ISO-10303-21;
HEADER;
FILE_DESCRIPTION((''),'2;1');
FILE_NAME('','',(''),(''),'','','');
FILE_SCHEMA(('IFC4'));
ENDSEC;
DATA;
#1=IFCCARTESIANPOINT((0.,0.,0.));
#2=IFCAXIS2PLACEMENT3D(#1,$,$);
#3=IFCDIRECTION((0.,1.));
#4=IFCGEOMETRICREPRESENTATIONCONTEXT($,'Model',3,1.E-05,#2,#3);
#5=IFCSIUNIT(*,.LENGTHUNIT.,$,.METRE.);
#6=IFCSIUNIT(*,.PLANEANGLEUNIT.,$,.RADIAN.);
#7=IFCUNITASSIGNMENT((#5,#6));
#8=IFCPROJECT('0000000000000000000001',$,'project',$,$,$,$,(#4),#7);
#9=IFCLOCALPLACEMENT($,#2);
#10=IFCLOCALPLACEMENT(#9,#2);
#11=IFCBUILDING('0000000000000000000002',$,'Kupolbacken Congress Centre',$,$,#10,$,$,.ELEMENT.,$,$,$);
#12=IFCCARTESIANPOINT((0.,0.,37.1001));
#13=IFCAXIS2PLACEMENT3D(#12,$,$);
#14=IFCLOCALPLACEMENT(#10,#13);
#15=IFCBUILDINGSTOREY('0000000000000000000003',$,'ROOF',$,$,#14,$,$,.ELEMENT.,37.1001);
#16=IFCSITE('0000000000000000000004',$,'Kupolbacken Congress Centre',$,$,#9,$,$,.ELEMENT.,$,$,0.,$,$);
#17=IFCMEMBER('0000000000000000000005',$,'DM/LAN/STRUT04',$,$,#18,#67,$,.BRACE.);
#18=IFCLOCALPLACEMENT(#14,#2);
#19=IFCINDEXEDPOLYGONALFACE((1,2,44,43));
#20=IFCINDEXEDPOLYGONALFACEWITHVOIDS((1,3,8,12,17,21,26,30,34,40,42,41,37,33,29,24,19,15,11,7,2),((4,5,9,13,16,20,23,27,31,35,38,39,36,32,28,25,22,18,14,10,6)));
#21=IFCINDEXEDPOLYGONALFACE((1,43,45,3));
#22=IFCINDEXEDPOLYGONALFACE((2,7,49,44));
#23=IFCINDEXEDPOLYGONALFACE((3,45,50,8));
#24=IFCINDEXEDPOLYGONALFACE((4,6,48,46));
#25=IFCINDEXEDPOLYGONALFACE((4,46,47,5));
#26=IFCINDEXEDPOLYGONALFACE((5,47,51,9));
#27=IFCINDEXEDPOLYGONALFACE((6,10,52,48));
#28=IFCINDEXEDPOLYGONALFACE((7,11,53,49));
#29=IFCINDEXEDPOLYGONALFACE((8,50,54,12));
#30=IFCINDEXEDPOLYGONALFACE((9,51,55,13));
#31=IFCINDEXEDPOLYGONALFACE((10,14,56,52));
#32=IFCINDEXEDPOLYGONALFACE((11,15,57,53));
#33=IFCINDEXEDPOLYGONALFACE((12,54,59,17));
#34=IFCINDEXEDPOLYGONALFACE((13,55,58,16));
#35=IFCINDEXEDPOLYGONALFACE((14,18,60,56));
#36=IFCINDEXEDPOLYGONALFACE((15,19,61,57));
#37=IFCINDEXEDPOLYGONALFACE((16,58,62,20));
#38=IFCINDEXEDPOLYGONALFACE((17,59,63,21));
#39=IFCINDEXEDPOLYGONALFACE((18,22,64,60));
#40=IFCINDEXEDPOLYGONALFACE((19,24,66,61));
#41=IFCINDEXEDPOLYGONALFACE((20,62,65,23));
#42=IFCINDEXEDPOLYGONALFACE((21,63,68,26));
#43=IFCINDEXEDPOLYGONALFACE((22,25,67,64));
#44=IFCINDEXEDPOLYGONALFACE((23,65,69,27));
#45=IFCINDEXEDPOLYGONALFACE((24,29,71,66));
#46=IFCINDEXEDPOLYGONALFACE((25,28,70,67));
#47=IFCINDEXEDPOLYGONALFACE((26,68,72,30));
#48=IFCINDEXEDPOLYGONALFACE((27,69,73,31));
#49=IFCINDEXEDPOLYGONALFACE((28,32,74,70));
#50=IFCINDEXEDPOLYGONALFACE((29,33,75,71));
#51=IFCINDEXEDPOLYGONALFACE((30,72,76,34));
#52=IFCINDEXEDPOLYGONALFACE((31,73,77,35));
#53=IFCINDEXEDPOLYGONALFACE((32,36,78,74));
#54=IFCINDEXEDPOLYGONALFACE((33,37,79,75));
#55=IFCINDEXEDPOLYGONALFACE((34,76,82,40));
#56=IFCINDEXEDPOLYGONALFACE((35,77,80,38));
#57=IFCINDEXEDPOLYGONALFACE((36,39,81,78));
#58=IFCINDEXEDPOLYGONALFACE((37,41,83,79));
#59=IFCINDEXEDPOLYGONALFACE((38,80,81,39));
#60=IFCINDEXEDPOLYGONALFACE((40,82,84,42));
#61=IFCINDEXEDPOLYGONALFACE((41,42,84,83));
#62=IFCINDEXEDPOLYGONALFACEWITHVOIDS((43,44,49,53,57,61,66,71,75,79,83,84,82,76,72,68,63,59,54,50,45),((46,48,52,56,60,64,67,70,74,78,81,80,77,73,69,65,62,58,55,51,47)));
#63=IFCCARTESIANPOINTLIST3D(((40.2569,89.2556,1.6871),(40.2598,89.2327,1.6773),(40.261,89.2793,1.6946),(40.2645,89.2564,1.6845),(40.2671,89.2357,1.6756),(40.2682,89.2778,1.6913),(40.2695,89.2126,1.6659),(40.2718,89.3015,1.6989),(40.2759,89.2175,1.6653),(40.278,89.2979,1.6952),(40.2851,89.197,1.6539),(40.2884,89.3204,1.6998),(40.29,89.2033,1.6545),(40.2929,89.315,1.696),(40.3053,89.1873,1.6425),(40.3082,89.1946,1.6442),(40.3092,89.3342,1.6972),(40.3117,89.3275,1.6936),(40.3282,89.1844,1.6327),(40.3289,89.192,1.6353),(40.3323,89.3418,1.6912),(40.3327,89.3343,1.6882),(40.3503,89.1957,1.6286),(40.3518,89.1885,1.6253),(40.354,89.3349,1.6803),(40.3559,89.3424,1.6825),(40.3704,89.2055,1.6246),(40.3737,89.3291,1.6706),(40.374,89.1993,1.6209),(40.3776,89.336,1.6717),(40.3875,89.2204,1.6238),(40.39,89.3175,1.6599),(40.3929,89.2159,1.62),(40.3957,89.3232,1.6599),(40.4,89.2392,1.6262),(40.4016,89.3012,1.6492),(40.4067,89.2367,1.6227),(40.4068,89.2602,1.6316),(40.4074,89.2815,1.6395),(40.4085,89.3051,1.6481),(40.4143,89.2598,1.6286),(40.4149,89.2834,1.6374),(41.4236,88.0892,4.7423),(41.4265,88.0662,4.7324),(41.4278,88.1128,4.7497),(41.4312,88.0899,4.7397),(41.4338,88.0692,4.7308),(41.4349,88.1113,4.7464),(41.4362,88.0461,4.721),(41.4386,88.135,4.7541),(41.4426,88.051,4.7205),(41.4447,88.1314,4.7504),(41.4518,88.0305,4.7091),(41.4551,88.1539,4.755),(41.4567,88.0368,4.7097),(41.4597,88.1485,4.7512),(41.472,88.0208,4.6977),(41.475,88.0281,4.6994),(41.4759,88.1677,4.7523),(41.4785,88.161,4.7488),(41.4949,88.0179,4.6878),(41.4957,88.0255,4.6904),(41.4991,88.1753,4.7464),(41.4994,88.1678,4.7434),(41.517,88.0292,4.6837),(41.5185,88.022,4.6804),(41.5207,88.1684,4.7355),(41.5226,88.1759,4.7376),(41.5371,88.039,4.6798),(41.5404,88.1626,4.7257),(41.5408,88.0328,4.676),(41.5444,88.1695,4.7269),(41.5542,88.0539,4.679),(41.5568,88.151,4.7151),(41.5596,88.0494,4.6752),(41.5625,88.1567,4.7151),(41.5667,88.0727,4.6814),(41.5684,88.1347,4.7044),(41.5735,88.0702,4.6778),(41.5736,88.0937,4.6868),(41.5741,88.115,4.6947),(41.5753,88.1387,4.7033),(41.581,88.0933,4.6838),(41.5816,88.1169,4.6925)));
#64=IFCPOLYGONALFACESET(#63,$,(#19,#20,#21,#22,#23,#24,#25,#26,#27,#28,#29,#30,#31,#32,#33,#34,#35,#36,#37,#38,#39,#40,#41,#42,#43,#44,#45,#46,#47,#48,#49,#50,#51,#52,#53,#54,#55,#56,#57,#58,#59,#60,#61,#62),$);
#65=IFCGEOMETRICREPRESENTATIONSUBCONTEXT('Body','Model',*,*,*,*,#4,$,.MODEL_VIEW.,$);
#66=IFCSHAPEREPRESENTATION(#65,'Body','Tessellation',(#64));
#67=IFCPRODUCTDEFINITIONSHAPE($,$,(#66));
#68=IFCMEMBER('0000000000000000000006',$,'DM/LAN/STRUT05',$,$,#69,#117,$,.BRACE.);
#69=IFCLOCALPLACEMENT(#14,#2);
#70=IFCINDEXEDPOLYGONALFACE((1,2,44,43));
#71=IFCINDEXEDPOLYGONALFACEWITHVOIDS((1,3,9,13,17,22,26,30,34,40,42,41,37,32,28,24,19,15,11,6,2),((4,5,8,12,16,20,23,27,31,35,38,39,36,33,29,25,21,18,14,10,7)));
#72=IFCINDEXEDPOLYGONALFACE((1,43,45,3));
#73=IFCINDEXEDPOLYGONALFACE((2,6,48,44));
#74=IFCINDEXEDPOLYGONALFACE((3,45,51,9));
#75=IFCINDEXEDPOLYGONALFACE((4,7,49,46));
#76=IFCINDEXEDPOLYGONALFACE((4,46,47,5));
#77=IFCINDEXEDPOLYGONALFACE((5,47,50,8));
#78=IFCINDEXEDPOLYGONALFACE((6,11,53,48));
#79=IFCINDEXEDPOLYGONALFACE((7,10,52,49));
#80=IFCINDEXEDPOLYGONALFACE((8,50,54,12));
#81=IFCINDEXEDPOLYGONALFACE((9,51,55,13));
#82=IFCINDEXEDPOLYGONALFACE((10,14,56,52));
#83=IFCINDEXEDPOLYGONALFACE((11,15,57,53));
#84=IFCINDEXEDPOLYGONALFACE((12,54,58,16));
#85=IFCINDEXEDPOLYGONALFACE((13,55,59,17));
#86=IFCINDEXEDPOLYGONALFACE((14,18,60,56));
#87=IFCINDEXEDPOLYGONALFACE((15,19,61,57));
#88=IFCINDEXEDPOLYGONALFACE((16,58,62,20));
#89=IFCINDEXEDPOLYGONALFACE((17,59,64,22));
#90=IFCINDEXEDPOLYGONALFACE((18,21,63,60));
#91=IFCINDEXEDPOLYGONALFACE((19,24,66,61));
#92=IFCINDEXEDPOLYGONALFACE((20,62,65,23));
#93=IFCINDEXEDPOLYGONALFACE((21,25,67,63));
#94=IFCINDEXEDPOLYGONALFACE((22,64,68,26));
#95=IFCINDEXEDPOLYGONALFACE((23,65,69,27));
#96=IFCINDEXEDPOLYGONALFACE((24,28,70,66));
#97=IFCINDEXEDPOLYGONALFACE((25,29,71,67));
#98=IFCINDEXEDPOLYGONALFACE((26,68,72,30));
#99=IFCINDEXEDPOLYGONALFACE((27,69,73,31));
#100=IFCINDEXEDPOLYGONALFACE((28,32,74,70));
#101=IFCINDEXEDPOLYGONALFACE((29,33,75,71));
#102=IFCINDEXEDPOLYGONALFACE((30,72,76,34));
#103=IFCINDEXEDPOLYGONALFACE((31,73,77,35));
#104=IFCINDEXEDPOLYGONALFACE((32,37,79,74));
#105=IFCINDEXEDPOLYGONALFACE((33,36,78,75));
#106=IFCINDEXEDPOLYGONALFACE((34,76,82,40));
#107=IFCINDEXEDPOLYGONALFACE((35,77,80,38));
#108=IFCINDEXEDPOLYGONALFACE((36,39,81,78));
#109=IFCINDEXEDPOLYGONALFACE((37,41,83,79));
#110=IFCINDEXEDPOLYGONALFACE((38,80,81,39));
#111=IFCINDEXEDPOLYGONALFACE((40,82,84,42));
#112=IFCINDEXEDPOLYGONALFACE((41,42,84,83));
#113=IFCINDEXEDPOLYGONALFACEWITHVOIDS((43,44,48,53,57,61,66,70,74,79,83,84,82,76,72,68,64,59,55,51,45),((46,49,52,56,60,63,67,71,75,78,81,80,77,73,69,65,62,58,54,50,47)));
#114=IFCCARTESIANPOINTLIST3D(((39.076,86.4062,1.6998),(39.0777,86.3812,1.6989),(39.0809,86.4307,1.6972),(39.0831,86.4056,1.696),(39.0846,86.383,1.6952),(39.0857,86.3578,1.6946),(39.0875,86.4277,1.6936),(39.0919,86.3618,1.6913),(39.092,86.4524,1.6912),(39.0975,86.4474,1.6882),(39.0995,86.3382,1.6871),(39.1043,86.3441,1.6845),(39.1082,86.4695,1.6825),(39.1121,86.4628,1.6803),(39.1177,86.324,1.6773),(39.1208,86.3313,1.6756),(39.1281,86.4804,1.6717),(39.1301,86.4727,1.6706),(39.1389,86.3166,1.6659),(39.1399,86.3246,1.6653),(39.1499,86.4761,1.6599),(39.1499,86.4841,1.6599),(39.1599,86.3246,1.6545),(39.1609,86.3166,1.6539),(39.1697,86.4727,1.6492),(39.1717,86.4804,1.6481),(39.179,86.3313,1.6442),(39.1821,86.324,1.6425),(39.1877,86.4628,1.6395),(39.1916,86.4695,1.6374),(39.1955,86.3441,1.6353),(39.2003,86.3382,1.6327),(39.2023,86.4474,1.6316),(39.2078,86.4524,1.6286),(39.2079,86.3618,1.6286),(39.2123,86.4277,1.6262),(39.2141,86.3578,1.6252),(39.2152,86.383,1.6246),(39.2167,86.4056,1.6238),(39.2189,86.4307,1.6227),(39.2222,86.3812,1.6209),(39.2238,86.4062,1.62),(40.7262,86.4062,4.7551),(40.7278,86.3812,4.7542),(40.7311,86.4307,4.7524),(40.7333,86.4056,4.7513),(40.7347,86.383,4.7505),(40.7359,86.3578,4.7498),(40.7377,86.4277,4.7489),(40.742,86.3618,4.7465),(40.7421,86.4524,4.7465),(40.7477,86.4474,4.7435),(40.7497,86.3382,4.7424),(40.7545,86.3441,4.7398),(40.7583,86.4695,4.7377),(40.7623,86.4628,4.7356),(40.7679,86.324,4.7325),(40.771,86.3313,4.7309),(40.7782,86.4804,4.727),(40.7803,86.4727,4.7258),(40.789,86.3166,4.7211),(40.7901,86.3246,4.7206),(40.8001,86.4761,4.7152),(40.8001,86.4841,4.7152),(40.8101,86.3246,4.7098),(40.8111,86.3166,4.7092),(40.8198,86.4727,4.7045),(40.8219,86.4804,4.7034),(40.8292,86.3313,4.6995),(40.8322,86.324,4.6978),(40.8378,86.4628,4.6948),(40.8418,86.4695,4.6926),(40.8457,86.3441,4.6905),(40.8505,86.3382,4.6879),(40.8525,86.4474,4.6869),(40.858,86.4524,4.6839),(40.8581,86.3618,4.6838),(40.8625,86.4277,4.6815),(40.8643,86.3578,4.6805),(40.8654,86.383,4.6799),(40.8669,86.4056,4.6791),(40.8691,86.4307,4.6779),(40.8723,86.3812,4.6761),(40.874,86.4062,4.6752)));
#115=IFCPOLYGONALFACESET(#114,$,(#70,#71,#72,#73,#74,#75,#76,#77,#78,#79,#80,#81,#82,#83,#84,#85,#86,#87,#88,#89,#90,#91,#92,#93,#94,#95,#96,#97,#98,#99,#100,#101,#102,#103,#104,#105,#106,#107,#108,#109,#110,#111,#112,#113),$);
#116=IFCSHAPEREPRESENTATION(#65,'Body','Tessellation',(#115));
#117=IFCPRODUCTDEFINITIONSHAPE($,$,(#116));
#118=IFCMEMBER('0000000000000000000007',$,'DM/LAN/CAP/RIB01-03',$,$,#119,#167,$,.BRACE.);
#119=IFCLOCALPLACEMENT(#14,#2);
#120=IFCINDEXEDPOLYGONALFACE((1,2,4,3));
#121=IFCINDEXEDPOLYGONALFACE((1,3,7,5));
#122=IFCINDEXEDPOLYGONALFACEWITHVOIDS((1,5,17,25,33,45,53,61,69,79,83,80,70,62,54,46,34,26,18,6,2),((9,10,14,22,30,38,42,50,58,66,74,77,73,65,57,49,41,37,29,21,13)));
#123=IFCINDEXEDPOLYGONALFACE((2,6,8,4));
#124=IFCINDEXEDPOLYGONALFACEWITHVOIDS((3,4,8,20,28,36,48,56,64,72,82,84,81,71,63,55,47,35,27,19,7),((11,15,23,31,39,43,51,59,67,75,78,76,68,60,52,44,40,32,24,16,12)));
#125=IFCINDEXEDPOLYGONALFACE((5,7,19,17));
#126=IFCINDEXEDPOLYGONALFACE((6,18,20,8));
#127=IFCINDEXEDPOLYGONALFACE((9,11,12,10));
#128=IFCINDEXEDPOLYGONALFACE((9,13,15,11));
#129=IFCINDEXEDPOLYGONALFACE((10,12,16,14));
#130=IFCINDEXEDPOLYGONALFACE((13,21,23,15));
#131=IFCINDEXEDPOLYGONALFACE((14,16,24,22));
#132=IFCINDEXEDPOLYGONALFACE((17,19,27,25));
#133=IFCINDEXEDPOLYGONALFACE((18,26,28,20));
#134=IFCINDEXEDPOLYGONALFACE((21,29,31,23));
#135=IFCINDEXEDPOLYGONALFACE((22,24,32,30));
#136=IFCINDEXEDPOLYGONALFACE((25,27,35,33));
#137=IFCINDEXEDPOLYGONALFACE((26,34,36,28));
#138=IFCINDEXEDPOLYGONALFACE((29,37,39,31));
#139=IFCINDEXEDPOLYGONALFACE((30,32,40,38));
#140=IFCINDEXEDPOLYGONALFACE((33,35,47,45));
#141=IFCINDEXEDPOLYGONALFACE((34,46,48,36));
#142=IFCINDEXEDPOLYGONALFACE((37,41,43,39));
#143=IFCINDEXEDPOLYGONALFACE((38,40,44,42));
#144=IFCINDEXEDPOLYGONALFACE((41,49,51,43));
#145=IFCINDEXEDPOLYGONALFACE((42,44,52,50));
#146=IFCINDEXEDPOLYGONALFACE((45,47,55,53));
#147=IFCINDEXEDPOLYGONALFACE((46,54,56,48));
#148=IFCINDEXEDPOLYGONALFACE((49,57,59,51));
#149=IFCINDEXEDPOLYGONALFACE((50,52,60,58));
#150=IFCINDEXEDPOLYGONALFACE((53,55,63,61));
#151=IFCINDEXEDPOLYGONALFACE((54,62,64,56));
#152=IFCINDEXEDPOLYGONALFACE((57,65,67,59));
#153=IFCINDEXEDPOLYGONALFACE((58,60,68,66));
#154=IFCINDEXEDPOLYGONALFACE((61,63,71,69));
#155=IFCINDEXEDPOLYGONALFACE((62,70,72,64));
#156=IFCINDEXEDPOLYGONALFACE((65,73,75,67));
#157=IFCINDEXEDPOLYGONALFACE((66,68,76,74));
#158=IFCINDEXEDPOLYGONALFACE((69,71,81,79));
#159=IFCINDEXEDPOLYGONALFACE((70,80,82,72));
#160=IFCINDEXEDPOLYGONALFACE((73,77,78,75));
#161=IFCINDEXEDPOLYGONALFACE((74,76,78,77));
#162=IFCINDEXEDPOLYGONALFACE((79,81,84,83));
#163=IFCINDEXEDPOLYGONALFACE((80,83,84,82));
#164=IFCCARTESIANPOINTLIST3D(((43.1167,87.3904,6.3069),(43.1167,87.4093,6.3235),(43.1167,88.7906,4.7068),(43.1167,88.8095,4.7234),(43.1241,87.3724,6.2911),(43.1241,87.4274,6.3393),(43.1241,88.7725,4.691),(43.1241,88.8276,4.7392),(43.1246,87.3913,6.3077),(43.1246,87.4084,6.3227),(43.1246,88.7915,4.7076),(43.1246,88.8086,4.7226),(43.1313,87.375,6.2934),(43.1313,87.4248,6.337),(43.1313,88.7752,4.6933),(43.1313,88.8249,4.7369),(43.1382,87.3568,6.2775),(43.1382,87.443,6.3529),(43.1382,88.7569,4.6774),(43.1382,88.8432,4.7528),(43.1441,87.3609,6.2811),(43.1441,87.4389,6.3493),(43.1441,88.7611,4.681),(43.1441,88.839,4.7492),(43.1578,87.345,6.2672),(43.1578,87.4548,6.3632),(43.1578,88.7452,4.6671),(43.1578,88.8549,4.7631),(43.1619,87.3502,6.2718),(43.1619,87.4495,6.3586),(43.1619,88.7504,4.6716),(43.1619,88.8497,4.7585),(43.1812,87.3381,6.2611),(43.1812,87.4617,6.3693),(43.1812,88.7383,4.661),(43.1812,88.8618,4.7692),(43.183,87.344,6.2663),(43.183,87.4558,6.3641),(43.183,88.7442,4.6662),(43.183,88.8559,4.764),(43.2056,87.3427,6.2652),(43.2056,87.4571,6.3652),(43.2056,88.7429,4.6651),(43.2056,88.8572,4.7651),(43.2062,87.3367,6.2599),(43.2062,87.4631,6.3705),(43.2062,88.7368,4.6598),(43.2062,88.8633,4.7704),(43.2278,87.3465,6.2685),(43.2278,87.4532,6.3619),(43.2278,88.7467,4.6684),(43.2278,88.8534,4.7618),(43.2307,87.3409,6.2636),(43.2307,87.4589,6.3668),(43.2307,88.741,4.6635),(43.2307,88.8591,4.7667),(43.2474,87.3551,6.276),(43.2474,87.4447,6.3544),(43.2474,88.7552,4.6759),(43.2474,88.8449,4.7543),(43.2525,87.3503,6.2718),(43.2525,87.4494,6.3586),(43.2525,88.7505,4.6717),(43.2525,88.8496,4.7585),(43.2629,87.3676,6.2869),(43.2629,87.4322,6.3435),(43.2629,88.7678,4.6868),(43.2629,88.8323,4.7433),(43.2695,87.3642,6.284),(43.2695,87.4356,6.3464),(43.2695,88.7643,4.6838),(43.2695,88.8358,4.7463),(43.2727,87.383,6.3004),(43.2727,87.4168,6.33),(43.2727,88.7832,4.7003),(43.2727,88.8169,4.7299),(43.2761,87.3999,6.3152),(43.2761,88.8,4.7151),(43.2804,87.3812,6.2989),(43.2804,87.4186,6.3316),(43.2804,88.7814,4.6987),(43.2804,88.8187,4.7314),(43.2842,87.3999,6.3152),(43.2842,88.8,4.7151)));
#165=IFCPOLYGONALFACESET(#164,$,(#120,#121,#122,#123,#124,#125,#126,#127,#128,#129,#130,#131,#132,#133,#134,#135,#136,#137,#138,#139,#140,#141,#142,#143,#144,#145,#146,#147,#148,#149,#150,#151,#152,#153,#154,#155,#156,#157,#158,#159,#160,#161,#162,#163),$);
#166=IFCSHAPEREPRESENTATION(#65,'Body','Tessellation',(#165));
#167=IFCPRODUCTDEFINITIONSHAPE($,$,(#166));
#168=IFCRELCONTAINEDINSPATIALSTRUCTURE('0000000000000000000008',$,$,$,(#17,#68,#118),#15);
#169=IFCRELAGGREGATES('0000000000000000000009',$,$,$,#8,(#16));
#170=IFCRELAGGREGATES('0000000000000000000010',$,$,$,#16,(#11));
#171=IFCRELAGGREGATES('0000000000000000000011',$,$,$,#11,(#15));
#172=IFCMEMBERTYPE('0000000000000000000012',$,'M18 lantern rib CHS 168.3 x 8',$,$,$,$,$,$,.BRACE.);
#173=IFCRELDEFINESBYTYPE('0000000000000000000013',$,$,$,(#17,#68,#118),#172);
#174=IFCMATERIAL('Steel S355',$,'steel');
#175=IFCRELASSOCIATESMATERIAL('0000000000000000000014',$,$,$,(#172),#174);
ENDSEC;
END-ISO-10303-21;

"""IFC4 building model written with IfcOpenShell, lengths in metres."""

from ifc_helpers import new_model, si_unit, direction, frame, origin, origin_2d, place, context, subcontext, project, spatial, hollow_circle, extrude, material, material_profile, profile_set, type_object, element, save


model = new_model("IFC4")

# Units and contexts
model_context = context("Model", 3, precision=1e-05, world=origin(), true_north=direction((0.0, 1.0)))
body_context = subcontext(model_context, "Body", "Model", "MODEL_VIEW")
ifc_project = project(units=[si_unit("LENGTHUNIT", "METRE"), si_unit("PLANEANGLEUNIT", "RADIAN")], contexts=[model_context])

# Site, building, storey
site_placement = place(None, origin())
site = spatial("IfcSite", under=ifc_project, at=site_placement, Name="Kupolbacken Congress Centre", CompositionType="ELEMENT", RefElevation=0.0)
building_placement = place(site_placement, origin())
building = spatial("IfcBuilding", under=site, at=building_placement, Name="Kupolbacken Congress Centre", CompositionType="ELEMENT")
storey_placement = place(building_placement, frame((0.0, 0.0, 37.1001)))
storey = spatial("IfcBuildingStorey", under=building, at=storey_placement, Name="ROOF", CompositionType="ELEMENT", Elevation=37.1001)

# Members
ifc_material_1 = material(Name="Steel S355", Category="steel")
ifc_material_profile_1 = material_profile(ifc_material_1, hollow_circle(Radius=0.0842, WallThickness=0.0081, at=origin_2d()), Name="CHS 168.3 x 8")
ifc_profile_set_1 = profile_set([ifc_material_profile_1], Name="Steel S355")
member_type_1 = type_object("IfcMemberType", Name="M18 lantern rib CHS 168.3 x 8", PredefinedType="BRACE", material=ifc_profile_set_1)
member_1_placement = place(storey_placement, frame((40.3362, 89.2637, 1.6599), z_axis=(0.336026, -0.335956, 0.879898), x_axis=(0.707033, 0.707181, 0.0)))
element("IfcMember", 1, at=member_1_placement, inside=storey, type_object=member_type_1, Name="DM/LAN/STRUT04", PredefinedType="BRACE", context=body_context, shape_type="SweptSolid", body=[
    extrude(hollow_circle(Radius=0.0842, WallThickness=0.0081, at=origin_2d()), origin(), (0.0, 0.0, 1.0), 3.4722),
])
member_2_placement = place(storey_placement, frame((39.1499, 86.3999, 1.6599), z_axis=(0.475227, 0.0, 0.879863), x_axis=(0.0, 1.0, 0.0)))
element("IfcMember", 2, at=member_2_placement, inside=storey, type_object=member_type_1, Name="DM/LAN/STRUT05", PredefinedType="BRACE", context=body_context, shape_type="SweptSolid", body=[
    extrude(hollow_circle(Radius=0.0842, WallThickness=0.0081, at=origin_2d()), origin(), (0.0, 0.0, 1.0), 3.4724),
])
for number, where, z_axis, x_axis, name in (
    (3, (43.2, 88.8, 4.7151), (0.0, -0.658521, 0.752562), (1.0, 0.0, 0.0), "DM/LAN/CAP/RIB01-03"),
):
    element("IfcMember", number, at=place(storey_placement, frame(where, z_axis=z_axis, x_axis=x_axis)), inside=storey, type_object=member_type_1, Name=name, PredefinedType="BRACE", context=body_context, shape_type="SweptSolid", body=[
        extrude(hollow_circle(Radius=0.0842, WallThickness=0.0081, at=origin_2d()), origin(), (0.0, 0.0, 1.0), 2.1262),
    ])

save(model, "model.ifc")
